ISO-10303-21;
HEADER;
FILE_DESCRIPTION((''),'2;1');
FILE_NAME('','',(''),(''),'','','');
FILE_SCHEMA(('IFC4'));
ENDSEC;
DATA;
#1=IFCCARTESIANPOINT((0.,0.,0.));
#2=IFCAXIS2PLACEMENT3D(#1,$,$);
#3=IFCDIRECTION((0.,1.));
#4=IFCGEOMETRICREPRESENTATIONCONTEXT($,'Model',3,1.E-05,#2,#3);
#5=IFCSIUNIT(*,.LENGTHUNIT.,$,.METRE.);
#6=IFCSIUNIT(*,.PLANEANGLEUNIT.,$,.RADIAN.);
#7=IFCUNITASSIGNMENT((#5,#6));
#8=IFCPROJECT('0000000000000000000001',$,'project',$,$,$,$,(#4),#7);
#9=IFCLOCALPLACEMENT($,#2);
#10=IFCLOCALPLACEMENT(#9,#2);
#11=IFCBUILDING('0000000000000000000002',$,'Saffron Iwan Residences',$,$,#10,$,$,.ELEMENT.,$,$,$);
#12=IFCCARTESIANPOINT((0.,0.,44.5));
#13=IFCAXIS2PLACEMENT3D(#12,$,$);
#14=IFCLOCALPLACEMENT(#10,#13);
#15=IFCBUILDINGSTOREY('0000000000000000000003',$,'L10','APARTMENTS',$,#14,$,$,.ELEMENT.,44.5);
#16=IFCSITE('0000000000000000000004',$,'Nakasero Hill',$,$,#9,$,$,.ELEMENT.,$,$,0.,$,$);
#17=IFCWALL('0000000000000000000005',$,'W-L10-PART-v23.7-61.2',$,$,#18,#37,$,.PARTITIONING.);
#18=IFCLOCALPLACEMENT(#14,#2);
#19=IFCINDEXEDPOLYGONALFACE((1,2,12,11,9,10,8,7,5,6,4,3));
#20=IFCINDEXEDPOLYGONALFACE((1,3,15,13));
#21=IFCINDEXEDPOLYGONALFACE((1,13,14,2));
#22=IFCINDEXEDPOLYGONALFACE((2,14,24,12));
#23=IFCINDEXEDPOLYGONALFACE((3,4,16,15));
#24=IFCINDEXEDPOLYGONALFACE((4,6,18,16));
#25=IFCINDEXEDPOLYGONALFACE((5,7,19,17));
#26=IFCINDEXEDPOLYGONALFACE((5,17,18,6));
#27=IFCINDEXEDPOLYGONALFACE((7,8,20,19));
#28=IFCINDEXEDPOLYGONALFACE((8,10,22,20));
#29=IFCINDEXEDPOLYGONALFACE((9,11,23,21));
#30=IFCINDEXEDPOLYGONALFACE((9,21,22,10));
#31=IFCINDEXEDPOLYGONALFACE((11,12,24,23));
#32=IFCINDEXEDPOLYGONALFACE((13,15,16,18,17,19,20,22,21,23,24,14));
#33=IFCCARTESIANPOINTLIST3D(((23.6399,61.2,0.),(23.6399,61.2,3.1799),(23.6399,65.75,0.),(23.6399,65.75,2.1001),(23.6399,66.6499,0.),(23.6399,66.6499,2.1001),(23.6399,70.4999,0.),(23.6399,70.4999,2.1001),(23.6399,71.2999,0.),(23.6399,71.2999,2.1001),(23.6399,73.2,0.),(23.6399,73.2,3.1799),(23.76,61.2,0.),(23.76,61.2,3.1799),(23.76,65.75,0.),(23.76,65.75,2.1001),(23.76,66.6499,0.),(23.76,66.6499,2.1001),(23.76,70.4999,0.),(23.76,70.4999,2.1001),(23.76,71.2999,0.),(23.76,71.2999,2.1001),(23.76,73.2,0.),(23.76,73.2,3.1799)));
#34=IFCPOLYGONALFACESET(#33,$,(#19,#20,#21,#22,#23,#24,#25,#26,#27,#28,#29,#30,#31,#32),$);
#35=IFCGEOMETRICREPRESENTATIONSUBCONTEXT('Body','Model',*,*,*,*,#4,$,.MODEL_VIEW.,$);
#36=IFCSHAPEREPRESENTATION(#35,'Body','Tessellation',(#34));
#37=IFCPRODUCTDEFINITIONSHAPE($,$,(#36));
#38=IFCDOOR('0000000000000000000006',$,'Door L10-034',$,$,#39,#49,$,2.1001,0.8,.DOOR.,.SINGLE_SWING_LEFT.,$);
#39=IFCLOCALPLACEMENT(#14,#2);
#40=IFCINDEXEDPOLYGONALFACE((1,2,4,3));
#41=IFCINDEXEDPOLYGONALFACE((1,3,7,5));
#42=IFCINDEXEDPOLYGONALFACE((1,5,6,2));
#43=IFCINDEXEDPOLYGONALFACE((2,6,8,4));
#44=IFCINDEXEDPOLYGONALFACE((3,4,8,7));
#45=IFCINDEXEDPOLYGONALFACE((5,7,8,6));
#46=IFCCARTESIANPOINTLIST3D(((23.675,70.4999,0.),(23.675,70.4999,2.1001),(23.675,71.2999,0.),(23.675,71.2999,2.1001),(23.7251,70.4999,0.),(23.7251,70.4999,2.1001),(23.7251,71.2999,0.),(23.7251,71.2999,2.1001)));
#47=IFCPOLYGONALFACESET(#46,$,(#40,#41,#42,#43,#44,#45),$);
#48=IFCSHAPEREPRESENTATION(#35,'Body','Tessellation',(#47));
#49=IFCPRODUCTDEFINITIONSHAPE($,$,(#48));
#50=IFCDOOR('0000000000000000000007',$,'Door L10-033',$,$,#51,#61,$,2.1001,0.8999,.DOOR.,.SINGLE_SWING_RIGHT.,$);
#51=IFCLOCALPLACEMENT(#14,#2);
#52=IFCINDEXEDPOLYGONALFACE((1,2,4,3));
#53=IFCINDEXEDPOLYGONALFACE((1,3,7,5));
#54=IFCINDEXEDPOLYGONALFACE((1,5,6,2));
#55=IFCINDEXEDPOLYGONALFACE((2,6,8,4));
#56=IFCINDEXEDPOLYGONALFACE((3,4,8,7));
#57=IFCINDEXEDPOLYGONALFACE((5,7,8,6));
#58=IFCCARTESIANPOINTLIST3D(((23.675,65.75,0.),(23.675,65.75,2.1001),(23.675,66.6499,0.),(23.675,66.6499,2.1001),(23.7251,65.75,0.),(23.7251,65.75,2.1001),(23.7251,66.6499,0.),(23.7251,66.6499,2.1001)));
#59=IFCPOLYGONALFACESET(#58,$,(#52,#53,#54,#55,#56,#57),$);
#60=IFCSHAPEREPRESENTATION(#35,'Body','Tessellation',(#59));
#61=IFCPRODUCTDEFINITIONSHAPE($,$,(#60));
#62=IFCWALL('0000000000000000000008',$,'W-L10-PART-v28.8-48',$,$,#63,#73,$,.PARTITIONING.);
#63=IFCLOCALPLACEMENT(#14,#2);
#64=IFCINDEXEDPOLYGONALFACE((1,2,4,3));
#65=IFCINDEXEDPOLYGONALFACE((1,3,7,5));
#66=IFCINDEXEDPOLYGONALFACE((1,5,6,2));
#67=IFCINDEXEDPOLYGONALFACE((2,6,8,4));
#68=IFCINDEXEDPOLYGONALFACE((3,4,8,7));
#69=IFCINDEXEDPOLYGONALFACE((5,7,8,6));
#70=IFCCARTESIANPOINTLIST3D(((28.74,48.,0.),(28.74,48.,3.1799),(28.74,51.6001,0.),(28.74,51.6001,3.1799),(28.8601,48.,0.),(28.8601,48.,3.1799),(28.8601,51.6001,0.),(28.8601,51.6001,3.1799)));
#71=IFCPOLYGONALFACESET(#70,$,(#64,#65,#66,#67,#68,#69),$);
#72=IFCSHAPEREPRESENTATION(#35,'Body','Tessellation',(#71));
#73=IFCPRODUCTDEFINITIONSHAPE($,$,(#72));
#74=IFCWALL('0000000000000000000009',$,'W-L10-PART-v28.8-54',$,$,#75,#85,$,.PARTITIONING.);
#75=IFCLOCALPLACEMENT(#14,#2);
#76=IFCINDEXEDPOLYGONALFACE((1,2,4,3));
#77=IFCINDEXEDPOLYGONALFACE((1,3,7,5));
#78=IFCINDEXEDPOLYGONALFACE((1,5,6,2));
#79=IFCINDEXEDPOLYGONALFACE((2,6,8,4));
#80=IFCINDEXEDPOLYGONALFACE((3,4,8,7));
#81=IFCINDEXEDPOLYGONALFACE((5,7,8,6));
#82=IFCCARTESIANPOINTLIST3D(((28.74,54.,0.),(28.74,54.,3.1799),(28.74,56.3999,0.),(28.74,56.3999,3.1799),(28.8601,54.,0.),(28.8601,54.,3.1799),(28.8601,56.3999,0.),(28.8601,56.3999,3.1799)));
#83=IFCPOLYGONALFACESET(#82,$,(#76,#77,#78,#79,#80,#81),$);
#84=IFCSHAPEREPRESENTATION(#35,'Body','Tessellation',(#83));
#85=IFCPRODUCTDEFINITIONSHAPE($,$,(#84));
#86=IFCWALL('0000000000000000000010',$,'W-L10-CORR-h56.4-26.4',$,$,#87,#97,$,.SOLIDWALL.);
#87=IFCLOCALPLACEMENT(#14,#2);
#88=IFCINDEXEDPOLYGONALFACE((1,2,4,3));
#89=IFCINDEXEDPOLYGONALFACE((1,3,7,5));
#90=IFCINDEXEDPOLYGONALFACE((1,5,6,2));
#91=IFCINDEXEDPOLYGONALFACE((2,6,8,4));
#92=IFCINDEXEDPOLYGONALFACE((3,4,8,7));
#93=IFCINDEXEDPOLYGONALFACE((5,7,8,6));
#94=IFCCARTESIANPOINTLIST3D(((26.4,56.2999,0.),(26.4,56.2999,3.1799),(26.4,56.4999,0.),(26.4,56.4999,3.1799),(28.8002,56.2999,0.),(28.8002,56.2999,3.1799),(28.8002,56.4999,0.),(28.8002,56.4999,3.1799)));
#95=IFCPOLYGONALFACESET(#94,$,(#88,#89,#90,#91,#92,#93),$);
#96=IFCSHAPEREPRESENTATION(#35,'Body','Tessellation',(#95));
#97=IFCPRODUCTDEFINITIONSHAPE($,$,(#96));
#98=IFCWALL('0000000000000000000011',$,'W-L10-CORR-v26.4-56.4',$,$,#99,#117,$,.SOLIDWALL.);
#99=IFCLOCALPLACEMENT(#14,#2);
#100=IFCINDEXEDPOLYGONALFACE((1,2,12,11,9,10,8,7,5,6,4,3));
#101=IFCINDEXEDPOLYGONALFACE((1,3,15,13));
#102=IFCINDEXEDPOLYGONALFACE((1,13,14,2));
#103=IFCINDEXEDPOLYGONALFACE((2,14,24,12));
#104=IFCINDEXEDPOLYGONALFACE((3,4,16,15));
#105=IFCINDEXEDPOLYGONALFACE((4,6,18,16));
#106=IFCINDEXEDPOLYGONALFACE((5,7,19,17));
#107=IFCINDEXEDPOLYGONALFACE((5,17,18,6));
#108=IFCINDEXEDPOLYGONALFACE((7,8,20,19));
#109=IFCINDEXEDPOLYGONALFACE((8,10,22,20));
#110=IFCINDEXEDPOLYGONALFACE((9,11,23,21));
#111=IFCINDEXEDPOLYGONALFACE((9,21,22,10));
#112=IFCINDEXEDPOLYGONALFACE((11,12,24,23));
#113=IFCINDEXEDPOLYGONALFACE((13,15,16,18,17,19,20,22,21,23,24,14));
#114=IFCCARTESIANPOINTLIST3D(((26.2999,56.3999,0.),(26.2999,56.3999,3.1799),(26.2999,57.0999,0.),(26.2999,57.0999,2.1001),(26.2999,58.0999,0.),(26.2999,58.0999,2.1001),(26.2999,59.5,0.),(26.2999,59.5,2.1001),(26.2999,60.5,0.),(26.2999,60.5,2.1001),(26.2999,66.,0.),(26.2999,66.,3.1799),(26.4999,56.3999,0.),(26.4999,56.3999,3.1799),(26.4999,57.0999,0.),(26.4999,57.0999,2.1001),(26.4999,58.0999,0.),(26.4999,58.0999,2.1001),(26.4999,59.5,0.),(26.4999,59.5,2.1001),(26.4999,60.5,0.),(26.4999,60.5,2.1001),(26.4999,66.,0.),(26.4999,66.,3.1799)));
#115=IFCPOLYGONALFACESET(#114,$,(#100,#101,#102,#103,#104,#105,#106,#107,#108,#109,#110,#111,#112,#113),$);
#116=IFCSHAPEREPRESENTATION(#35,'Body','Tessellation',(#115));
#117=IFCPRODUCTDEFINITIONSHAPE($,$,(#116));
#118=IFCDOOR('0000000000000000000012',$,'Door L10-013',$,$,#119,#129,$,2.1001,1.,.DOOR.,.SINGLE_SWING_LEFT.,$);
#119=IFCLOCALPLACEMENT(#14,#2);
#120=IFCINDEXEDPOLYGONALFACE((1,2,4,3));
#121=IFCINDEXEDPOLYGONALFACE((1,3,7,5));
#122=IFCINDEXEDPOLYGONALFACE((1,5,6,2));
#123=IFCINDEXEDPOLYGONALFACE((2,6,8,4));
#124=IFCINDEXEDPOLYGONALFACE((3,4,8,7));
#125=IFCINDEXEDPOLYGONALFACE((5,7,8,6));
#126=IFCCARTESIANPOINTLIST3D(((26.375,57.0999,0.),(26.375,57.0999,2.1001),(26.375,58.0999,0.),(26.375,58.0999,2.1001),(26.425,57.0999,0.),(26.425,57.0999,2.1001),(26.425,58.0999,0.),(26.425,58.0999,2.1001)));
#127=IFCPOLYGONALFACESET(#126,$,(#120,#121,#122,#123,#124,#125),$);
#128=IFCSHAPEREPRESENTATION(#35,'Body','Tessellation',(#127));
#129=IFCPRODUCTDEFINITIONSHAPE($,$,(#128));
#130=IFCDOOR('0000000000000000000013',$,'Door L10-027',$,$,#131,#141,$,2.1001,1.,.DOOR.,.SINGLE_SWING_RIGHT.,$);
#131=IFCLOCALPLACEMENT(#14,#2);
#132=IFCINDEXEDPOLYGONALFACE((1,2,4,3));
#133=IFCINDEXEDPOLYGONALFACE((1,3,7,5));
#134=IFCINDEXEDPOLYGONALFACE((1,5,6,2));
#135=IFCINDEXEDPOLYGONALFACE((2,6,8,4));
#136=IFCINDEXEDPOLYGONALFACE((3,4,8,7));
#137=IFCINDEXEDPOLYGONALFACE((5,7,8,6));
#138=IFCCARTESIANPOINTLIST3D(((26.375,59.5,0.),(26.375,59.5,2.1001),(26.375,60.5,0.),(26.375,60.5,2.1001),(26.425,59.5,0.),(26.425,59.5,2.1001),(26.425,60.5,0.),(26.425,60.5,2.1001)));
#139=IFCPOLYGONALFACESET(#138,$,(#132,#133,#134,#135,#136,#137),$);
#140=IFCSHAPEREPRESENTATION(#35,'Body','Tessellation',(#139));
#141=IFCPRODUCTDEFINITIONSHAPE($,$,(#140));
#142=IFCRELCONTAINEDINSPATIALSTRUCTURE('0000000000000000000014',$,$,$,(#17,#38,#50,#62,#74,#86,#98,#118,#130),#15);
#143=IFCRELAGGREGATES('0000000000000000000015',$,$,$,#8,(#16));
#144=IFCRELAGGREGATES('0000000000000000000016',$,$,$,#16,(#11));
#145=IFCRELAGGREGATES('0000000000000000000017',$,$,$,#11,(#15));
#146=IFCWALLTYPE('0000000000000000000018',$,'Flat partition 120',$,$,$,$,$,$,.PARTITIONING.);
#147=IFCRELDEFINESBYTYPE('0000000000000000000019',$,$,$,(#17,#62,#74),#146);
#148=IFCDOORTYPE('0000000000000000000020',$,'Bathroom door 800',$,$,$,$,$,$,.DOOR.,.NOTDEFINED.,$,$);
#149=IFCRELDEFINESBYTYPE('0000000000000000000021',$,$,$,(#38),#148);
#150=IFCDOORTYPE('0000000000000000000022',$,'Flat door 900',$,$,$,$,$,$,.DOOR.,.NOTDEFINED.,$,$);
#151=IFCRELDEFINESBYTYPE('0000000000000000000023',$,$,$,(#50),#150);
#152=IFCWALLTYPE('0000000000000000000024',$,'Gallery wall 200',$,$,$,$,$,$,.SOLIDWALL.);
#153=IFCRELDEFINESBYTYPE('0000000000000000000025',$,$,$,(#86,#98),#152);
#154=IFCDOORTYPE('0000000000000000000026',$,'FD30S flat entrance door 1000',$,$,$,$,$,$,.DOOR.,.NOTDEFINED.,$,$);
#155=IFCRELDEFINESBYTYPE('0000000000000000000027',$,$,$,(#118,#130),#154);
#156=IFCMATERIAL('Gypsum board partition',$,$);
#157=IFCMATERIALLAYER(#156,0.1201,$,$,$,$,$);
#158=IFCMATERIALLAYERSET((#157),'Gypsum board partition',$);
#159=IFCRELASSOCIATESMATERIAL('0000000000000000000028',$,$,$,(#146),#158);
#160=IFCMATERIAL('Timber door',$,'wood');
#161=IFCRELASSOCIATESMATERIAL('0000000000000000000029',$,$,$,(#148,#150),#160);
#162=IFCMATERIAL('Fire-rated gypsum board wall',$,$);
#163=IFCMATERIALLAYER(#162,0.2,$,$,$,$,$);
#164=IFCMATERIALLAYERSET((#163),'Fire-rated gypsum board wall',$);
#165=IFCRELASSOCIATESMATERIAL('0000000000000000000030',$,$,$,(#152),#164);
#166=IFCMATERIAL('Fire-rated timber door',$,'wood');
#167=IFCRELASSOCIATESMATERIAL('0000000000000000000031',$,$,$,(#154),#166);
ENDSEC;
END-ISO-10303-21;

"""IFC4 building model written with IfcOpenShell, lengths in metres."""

from ifc_helpers import new_model, si_unit, direction, frame, frame_2d, origin, place, context, subcontext, project, spatial, rectangle, extrude, material, layer, layer_set, type_object, element, fill, save


model = new_model("IFC4")

# Units and contexts
model_context = context("Model", 3, precision=1e-05, world=origin(), true_north=direction((0.0, 1.0)))
body_context = subcontext(model_context, "Body", "Model", "MODEL_VIEW")
ifc_project = project(units=[si_unit("LENGTHUNIT", "METRE"), si_unit("PLANEANGLEUNIT", "RADIAN")], contexts=[model_context])

# Site, building, storey
site_placement = place(None, origin())
site = spatial("IfcSite", under=ifc_project, at=site_placement, Name="Nakasero Hill", CompositionType="ELEMENT", RefElevation=0.0)
building_placement = place(site_placement, origin())
building = spatial("IfcBuilding", under=site, at=building_placement, Name="Saffron Iwan Residences", CompositionType="ELEMENT")
storey_placement = place(building_placement, frame((0.0, 0.0, 44.5)))
storey = spatial("IfcBuildingStorey", under=building, at=storey_placement, Name="L10", Description="APARTMENTS", CompositionType="ELEMENT", Elevation=44.5)

# Shared definitions
ifc_material_1 = material(Name="Gypsum board partition")
ifc_layer_1 = layer(ifc_material_1, 0.1201)
ifc_layer_set_1 = layer_set([ifc_layer_1], Name="Gypsum board partition")
wall_type_1 = type_object("IfcWallType", Name="Flat partition 120", PredefinedType="PARTITIONING", material=ifc_layer_set_1)
ifc_material_2 = material(Name="Timber door", Category="wood")
door_type_1 = type_object("IfcDoorType", Name="Bathroom door 800", OperationType="NOTDEFINED", PredefinedType="DOOR", material=ifc_material_2)
door_type_2 = type_object("IfcDoorType", Name="Flat door 900", OperationType="NOTDEFINED", PredefinedType="DOOR", material=ifc_material_2)

# Wall, openings, doors
wall_1_placement = place(storey_placement, frame((23.7, 61.2, 0.0), z_axis=(0.0, 0.0, 1.0), x_axis=(0.0, 1.0, 0.0)))
wall_1 = element("IfcWall", 1, at=wall_1_placement, inside=storey, type_object=wall_type_1, Name="W-L10-PART-v23.7-61.2", PredefinedType="PARTITIONING", context=body_context, shape_type="SweptSolid", body=[
    extrude(rectangle(XDim=12.0, YDim=0.1201, at=frame_2d((6.0, 0.0))), origin(), (0.0, 0.0, 1.0), 3.1799),
])
opening_1_placement = place(wall_1_placement, frame((4.55, 0.0, 0.0)))
opening_1 = element("IfcOpeningElement", 2, at=opening_1_placement, cuts=wall_1, PredefinedType="OPENING", context=body_context, shape_type="SweptSolid", body=[
    extrude(rectangle(XDim=0.8999, YDim=2.1001, at=frame_2d((0.45, 1.05))), frame((0.0, 0.0701, 0.0), z_axis=(0.0, -1.0, 0.0), x_axis=(1.0, 0.0, 0.0)), (0.0, 0.0, 1.0), 0.1401),
])
opening_2_placement = place(wall_1_placement, frame((9.3, 0.0, 0.0)))
opening_2 = element("IfcOpeningElement", 3, at=opening_2_placement, cuts=wall_1, PredefinedType="OPENING", context=body_context, shape_type="SweptSolid", body=[
    extrude(rectangle(XDim=0.8, YDim=2.1001, at=frame_2d((0.3999, 1.05))), frame((0.0, 0.0701, 0.0), z_axis=(0.0, -1.0, 0.0), x_axis=(1.0, 0.0, 0.0)), (0.0, 0.0, 1.0), 0.1401),
])
door_1_placement = place(opening_2_placement, origin())
door_1 = element("IfcDoor", 4, at=door_1_placement, inside=storey, type_object=door_type_1, Name="Door L10-034", OperationType="SINGLE_SWING_LEFT", OverallHeight=2.1001, OverallWidth=0.8, PredefinedType="DOOR", context=body_context, shape_type="SweptSolid", body=[
    extrude(rectangle(XDim=0.8, YDim=2.1001, at=frame_2d((0.3999, 1.05))), frame((0.0, 0.0249, 0.0), z_axis=(0.0, -1.0, 0.0), x_axis=(1.0, 0.0, 0.0)), (0.0, 0.0, 1.0), 0.05),
])
fill(opening_2, door_1)
door_2_placement = place(opening_1_placement, origin())
door_2 = element("IfcDoor", 5, at=door_2_placement, inside=storey, type_object=door_type_2, Name="Door L10-033", OperationType="SINGLE_SWING_RIGHT", OverallHeight=2.1001, OverallWidth=0.8999, PredefinedType="DOOR", context=body_context, shape_type="SweptSolid", body=[
    extrude(rectangle(XDim=0.8999, YDim=2.1001, at=frame_2d((0.45, 1.05))), frame((0.0, 0.0249, 0.0), z_axis=(0.0, -1.0, 0.0), x_axis=(1.0, 0.0, 0.0)), (0.0, 0.0, 1.0), 0.05),
])
fill(opening_1, door_2)

# Walls
wall_2_placement = place(storey_placement, frame((28.8, 48.0, 0.0), z_axis=(0.0, 0.0, 1.0), x_axis=(0.0, 1.0, 0.0)))
element("IfcWall", 6, at=wall_2_placement, inside=storey, type_object=wall_type_1, Name="W-L10-PART-v28.8-48", PredefinedType="PARTITIONING", context=body_context, shape_type="SweptSolid", body=[
    extrude(rectangle(XDim=3.6001, YDim=0.1201, at=frame_2d((1.8, 0.0))), origin(), (0.0, 0.0, 1.0), 3.1799),
])
wall_3_placement = place(storey_placement, frame((28.8, 54.0, 0.0), z_axis=(0.0, 0.0, 1.0), x_axis=(0.0, 1.0, 0.0)))
element("IfcWall", 7, at=wall_3_placement, inside=storey, type_object=wall_type_1, Name="W-L10-PART-v28.8-54", PredefinedType="PARTITIONING", context=body_context, shape_type="SweptSolid", body=[
    extrude(rectangle(XDim=2.3999, YDim=0.1201, at=frame_2d((1.2, 0.0))), origin(), (0.0, 0.0, 1.0), 3.1799),
])
ifc_material_3 = material(Name="Fire-rated gypsum board wall")
ifc_layer_2 = layer(ifc_material_3, 0.2)
ifc_layer_set_2 = layer_set([ifc_layer_2], Name="Fire-rated gypsum board wall")
wall_type_2 = type_object("IfcWallType", Name="Gallery wall 200", PredefinedType="SOLIDWALL", material=ifc_layer_set_2)
wall_4_placement = place(storey_placement, frame((26.3999, 56.3999, 0.0), z_axis=(0.0, 0.0, 1.0), x_axis=(1.0, 0.0, 0.0)))
element("IfcWall", 8, at=wall_4_placement, inside=storey, type_object=wall_type_2, Name="W-L10-CORR-h56.4-26.4", PredefinedType="SOLIDWALL", context=body_context, shape_type="SweptSolid", body=[
    extrude(rectangle(XDim=2.4001, YDim=0.2, at=frame_2d((1.2002, 0.0))), origin(), (0.0, 0.0, 1.0), 3.1799),
])

# Wall, openings, doors
wall_5_placement = place(storey_placement, frame((26.3999, 56.3999, 0.0), z_axis=(0.0, 0.0, 1.0), x_axis=(0.0, 1.0, 0.0)))
wall_5 = element("IfcWall", 9, at=wall_5_placement, inside=storey, type_object=wall_type_2, Name="W-L10-CORR-v26.4-56.4", PredefinedType="SOLIDWALL", context=body_context, shape_type="SweptSolid", body=[
    extrude(rectangle(XDim=9.6001, YDim=0.2, at=frame_2d((4.8, 0.0))), origin(), (0.0, 0.0, 1.0), 3.1799),
])
opening_3_placement = place(wall_5_placement, frame((0.7, 0.0, 0.0)))
opening_3 = element("IfcOpeningElement", 10, at=opening_3_placement, cuts=wall_5, PredefinedType="OPENING", context=body_context, shape_type="SweptSolid", body=[
    extrude(rectangle(XDim=1.0, YDim=2.1001, at=frame_2d((0.5, 1.05))), frame((0.0, 0.1099, 0.0), z_axis=(0.0, -1.0, 0.0), x_axis=(1.0, 0.0, 0.0)), (0.0, 0.0, 1.0), 0.22),
])
opening_4_placement = place(wall_5_placement, frame((3.1001, 0.0, 0.0)))
opening_4 = element("IfcOpeningElement", 11, at=opening_4_placement, cuts=wall_5, PredefinedType="OPENING", context=body_context, shape_type="SweptSolid", body=[
    extrude(rectangle(XDim=1.0, YDim=2.1001, at=frame_2d((0.5, 1.05))), frame((0.0, 0.1099, 0.0), z_axis=(0.0, -1.0, 0.0), x_axis=(1.0, 0.0, 0.0)), (0.0, 0.0, 1.0), 0.22),
])
ifc_material_4 = material(Name="Fire-rated timber door", Category="wood")
door_type_3 = type_object("IfcDoorType", Name="FD30S flat entrance door 1000", OperationType="NOTDEFINED", PredefinedType="DOOR", material=ifc_material_4)
door_3_placement = place(opening_3_placement, origin())
door_3 = element("IfcDoor", 12, at=door_3_placement, inside=storey, type_object=door_type_3, Name="Door L10-013", OperationType="SINGLE_SWING_LEFT", OverallHeight=2.1001, OverallWidth=1.0, PredefinedType="DOOR", context=body_context, shape_type="SweptSolid", body=[
    extrude(rectangle(XDim=1.0, YDim=2.1001, at=frame_2d((0.5, 1.05))), frame((0.0, 0.0249, 0.0), z_axis=(0.0, -1.0, 0.0), x_axis=(1.0, 0.0, 0.0)), (0.0, 0.0, 1.0), 0.05),
])
fill(opening_3, door_3)
door_4_placement = place(opening_4_placement, origin())
door_4 = element("IfcDoor", 13, at=door_4_placement, inside=storey, type_object=door_type_3, Name="Door L10-027", OperationType="SINGLE_SWING_RIGHT", OverallHeight=2.1001, OverallWidth=1.0, PredefinedType="DOOR", context=body_context, shape_type="SweptSolid", body=[
    extrude(rectangle(XDim=1.0, YDim=2.1001, at=frame_2d((0.5, 1.05))), frame((0.0, 0.0249, 0.0), z_axis=(0.0, -1.0, 0.0), x_axis=(1.0, 0.0, 0.0)), (0.0, 0.0, 1.0), 0.05),
])
fill(opening_4, door_4)

save(model, "model.ifc")
